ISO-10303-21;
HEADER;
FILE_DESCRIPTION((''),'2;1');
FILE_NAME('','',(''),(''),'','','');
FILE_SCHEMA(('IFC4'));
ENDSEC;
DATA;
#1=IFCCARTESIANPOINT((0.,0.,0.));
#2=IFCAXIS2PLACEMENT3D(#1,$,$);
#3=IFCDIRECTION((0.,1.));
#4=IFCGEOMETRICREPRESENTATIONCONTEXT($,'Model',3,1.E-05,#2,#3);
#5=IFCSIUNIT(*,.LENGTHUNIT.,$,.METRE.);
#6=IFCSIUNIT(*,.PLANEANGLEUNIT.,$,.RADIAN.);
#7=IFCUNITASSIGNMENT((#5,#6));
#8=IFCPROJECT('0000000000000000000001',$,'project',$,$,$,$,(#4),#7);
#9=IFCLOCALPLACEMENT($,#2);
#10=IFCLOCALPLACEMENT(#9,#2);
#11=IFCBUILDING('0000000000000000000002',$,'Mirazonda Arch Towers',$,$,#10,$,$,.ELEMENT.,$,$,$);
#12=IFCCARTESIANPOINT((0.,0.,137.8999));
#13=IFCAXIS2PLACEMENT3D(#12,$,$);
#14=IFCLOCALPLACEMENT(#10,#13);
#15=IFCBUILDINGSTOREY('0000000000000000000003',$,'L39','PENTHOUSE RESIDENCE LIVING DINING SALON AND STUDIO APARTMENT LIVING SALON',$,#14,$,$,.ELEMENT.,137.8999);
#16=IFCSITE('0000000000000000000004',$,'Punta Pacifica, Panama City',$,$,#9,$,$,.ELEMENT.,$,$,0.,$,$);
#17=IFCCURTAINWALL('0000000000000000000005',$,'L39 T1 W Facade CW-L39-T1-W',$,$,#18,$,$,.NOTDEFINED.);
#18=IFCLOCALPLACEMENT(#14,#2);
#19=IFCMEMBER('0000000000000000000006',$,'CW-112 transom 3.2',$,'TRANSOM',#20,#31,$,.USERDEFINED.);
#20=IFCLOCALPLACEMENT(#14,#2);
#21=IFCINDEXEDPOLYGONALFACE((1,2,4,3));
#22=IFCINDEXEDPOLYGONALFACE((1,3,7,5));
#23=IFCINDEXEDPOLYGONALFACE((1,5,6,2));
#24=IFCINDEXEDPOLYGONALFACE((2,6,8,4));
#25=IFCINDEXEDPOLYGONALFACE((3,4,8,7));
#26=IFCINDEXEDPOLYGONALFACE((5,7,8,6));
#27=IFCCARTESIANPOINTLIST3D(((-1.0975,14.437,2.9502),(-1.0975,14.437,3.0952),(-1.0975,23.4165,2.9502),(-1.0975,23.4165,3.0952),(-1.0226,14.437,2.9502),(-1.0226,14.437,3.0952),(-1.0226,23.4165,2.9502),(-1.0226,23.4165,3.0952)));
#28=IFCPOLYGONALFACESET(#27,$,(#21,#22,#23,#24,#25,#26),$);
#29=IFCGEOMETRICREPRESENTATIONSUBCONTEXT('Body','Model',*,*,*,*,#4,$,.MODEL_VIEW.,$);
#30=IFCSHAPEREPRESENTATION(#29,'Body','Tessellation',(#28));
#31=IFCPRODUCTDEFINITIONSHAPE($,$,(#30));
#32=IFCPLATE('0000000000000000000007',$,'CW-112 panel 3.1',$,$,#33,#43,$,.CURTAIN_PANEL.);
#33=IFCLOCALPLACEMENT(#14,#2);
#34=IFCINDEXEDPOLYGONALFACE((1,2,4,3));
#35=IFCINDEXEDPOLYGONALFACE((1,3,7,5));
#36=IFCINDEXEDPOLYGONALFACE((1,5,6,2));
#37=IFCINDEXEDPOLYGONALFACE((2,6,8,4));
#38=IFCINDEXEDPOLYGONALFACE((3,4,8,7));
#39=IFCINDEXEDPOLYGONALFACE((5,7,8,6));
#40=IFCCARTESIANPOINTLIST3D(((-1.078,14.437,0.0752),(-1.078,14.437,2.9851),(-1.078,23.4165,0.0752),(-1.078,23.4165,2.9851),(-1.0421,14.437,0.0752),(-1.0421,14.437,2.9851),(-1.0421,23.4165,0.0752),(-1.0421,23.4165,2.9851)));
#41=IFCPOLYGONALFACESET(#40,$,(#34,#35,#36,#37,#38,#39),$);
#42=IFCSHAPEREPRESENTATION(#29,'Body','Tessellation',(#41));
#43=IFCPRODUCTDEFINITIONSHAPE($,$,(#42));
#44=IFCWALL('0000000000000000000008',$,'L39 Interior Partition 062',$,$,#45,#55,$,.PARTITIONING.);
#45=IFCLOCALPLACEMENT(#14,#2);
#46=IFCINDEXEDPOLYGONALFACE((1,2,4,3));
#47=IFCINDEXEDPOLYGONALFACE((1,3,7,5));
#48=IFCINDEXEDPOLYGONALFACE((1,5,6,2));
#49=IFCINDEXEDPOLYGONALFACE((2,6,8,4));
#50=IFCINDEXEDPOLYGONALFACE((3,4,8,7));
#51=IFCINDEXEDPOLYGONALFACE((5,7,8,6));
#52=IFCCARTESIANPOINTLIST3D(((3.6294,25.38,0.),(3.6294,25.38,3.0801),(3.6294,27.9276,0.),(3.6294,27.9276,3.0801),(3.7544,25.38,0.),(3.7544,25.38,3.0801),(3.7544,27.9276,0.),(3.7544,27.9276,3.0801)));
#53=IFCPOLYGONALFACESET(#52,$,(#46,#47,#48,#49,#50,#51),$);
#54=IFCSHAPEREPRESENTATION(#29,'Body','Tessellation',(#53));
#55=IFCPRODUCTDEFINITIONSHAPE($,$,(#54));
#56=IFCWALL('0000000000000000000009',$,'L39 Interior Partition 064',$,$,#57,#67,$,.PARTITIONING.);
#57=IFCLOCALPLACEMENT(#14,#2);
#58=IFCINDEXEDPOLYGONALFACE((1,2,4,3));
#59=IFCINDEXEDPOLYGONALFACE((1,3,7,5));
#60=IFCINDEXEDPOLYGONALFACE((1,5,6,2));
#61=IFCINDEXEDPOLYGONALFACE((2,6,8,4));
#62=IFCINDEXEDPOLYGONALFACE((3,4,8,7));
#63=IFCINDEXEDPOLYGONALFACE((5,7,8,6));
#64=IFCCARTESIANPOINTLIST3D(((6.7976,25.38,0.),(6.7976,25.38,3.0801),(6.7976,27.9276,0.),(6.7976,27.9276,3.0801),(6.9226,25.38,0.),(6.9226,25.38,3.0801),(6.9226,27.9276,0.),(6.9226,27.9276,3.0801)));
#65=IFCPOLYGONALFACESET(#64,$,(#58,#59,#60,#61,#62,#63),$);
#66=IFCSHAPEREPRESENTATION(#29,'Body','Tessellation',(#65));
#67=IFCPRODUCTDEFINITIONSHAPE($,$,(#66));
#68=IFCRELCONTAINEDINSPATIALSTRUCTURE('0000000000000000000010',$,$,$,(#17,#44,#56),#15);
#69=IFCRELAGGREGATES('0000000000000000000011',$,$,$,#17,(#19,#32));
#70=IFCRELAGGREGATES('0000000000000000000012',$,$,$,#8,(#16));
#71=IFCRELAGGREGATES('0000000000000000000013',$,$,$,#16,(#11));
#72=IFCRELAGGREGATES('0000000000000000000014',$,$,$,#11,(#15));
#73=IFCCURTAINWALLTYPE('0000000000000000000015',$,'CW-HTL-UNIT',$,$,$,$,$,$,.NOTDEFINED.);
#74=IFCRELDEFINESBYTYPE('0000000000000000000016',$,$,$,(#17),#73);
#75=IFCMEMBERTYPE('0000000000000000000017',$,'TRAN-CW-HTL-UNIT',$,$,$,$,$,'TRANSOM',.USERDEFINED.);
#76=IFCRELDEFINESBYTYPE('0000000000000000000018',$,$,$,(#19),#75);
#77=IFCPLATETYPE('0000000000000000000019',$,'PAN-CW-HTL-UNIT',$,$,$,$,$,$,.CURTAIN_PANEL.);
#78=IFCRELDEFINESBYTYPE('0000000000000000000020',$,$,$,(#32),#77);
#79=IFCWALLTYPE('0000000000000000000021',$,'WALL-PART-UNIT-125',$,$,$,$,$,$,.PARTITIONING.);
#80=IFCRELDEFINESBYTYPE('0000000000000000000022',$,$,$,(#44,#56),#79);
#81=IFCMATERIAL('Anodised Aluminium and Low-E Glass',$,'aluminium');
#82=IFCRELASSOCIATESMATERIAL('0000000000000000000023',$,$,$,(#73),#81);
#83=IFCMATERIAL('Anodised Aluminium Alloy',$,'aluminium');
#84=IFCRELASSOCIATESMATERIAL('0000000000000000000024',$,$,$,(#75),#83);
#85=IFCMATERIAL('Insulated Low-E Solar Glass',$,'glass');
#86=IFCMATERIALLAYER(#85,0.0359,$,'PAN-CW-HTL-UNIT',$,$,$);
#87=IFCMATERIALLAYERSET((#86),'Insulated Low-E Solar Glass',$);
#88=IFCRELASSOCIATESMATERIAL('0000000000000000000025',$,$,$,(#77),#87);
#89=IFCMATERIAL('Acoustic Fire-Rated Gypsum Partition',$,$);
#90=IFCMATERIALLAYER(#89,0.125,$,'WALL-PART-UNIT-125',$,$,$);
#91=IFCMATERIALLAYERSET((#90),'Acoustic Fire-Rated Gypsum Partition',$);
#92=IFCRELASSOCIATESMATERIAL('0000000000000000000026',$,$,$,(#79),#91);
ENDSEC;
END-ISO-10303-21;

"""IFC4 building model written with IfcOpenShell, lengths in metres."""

from ifc_helpers import new_model, si_unit, direction, frame, frame_2d, origin, origin_2d, place, context, subcontext, project, spatial, rectangle, extrude, material, layer, layer_set, material_profile, profile_set, type_object, element, aggregate, save


model = new_model("IFC4")

# Units and contexts
model_context = context("Model", 3, precision=1e-05, world=origin(), true_north=direction((0.0, 1.0)))
body_context = subcontext(model_context, "Body", "Model", "MODEL_VIEW")
ifc_project = project(units=[si_unit("LENGTHUNIT", "METRE"), si_unit("PLANEANGLEUNIT", "RADIAN")], contexts=[model_context])

# Site, building, storey
site_placement = place(None, origin())
site = spatial("IfcSite", under=ifc_project, at=site_placement, Name="Punta Pacifica, Panama City", CompositionType="ELEMENT", RefElevation=0.0)
building_placement = place(site_placement, origin())
building = spatial("IfcBuilding", under=site, at=building_placement, Name="Mirazonda Arch Towers", CompositionType="ELEMENT")
storey_placement = place(building_placement, frame((0.0, 0.0, 137.8999)))
storey = spatial("IfcBuildingStorey", under=building, at=storey_placement, Name="L39", Description="PENTHOUSE RESIDENCE LIVING DINING SALON AND STUDIO APARTMENT LIVING SALON", CompositionType="ELEMENT", Elevation=137.8999)

# Curtain wall, member, plate
ifc_material_1 = material(Name="Anodised Aluminium and Low-E Glass", Category="aluminium")
curtain_wall_type = type_object("IfcCurtainWallType", Name="CW-HTL-UNIT", PredefinedType="NOTDEFINED", material=ifc_material_1)
curtain_wall_placement = place(storey_placement, origin())
curtain_wall = element("IfcCurtainWall", 1, at=curtain_wall_placement, inside=storey, type_object=curtain_wall_type, Name="L39 T1 W Facade CW-L39-T1-W", PredefinedType="NOTDEFINED")
ifc_material_2 = material(Name="Anodised Aluminium Alloy", Category="aluminium")
ifc_material_profile_1 = material_profile(ifc_material_2, rectangle(XDim=0.075, YDim=0.145, at=origin_2d()), Name="ALU-TRAN-75x145")
ifc_profile_set_1 = profile_set([ifc_material_profile_1], Name="Anodised Aluminium Alloy")
member_type_1 = type_object("IfcMemberType", Name="TRAN-CW-HTL-UNIT", ElementType="TRANSOM", PredefinedType="USERDEFINED", material=ifc_profile_set_1)
member_1_placement = place(storey_placement, frame((-1.0601, 23.4165, 3.0227), z_axis=(0.0, -1.0, 0.0), x_axis=(1.0, 0.0, 0.0)))
member_1 = element("IfcMember", 2, at=member_1_placement, type_object=member_type_1, Name="CW-112 transom 3.2", ObjectType="TRANSOM", PredefinedType="USERDEFINED", context=body_context, shape_type="SweptSolid", body=[
    extrude(rectangle(XDim=0.075, YDim=0.145, at=origin_2d()), origin(), (0.0, 0.0, 1.0), 8.9795),
])
ifc_material_3 = material(Name="Insulated Low-E Solar Glass", Category="glass")
ifc_layer_1 = layer(ifc_material_3, 0.0359, Name="PAN-CW-HTL-UNIT")
ifc_layer_set_1 = layer_set([ifc_layer_1], Name="Insulated Low-E Solar Glass")
plate_type = type_object("IfcPlateType", Name="PAN-CW-HTL-UNIT", PredefinedType="CURTAIN_PANEL", material=ifc_layer_set_1)
plate_placement = place(storey_placement, frame((-1.0601, 18.9268, 0.0752), z_axis=(0.0, 0.0, 1.0), x_axis=(0.0, -1.0, 0.0)))
plate = element("IfcPlate", 3, at=plate_placement, type_object=plate_type, Name="CW-112 panel 3.1", PredefinedType="CURTAIN_PANEL", context=body_context, shape_type="SweptSolid", body=[
    extrude(rectangle(XDim=8.9795, YDim=0.0359, at=origin_2d()), origin(), (0.0, 0.0, 1.0), 2.9099),
])
aggregate(curtain_wall, [member_1, plate])

# Walls
ifc_material_4 = material(Name="Acoustic Fire-Rated Gypsum Partition")
ifc_layer_2 = layer(ifc_material_4, 0.125, Name="WALL-PART-UNIT-125")
ifc_layer_set_2 = layer_set([ifc_layer_2], Name="Acoustic Fire-Rated Gypsum Partition")
wall_type_1 = type_object("IfcWallType", Name="WALL-PART-UNIT-125", PredefinedType="PARTITIONING", material=ifc_layer_set_2)
for number, where, z_axis, x_axis, name in (
    (4, (3.6919, 25.3799, 0.0), (0.0, 0.0, 1.0), (0.0, 1.0, 0.0), "L39 Interior Partition 062"),
    (5, (6.8601, 25.3799, 0.0), (0.0, 0.0, 1.0), (0.0, 1.0, 0.0), "L39 Interior Partition 064"),
):
    element("IfcWall", number, at=place(storey_placement, frame(where, z_axis=z_axis, x_axis=x_axis)), inside=storey, type_object=wall_type_1, Name=name, PredefinedType="PARTITIONING", context=body_context, shape_type="SweptSolid", body=[
        extrude(rectangle(XDim=2.5476, YDim=0.125, at=frame_2d((1.2739, 0.0))), origin(), (0.0, 0.0, 1.0), 3.0801),
    ])

save(model, "model.ifc")
